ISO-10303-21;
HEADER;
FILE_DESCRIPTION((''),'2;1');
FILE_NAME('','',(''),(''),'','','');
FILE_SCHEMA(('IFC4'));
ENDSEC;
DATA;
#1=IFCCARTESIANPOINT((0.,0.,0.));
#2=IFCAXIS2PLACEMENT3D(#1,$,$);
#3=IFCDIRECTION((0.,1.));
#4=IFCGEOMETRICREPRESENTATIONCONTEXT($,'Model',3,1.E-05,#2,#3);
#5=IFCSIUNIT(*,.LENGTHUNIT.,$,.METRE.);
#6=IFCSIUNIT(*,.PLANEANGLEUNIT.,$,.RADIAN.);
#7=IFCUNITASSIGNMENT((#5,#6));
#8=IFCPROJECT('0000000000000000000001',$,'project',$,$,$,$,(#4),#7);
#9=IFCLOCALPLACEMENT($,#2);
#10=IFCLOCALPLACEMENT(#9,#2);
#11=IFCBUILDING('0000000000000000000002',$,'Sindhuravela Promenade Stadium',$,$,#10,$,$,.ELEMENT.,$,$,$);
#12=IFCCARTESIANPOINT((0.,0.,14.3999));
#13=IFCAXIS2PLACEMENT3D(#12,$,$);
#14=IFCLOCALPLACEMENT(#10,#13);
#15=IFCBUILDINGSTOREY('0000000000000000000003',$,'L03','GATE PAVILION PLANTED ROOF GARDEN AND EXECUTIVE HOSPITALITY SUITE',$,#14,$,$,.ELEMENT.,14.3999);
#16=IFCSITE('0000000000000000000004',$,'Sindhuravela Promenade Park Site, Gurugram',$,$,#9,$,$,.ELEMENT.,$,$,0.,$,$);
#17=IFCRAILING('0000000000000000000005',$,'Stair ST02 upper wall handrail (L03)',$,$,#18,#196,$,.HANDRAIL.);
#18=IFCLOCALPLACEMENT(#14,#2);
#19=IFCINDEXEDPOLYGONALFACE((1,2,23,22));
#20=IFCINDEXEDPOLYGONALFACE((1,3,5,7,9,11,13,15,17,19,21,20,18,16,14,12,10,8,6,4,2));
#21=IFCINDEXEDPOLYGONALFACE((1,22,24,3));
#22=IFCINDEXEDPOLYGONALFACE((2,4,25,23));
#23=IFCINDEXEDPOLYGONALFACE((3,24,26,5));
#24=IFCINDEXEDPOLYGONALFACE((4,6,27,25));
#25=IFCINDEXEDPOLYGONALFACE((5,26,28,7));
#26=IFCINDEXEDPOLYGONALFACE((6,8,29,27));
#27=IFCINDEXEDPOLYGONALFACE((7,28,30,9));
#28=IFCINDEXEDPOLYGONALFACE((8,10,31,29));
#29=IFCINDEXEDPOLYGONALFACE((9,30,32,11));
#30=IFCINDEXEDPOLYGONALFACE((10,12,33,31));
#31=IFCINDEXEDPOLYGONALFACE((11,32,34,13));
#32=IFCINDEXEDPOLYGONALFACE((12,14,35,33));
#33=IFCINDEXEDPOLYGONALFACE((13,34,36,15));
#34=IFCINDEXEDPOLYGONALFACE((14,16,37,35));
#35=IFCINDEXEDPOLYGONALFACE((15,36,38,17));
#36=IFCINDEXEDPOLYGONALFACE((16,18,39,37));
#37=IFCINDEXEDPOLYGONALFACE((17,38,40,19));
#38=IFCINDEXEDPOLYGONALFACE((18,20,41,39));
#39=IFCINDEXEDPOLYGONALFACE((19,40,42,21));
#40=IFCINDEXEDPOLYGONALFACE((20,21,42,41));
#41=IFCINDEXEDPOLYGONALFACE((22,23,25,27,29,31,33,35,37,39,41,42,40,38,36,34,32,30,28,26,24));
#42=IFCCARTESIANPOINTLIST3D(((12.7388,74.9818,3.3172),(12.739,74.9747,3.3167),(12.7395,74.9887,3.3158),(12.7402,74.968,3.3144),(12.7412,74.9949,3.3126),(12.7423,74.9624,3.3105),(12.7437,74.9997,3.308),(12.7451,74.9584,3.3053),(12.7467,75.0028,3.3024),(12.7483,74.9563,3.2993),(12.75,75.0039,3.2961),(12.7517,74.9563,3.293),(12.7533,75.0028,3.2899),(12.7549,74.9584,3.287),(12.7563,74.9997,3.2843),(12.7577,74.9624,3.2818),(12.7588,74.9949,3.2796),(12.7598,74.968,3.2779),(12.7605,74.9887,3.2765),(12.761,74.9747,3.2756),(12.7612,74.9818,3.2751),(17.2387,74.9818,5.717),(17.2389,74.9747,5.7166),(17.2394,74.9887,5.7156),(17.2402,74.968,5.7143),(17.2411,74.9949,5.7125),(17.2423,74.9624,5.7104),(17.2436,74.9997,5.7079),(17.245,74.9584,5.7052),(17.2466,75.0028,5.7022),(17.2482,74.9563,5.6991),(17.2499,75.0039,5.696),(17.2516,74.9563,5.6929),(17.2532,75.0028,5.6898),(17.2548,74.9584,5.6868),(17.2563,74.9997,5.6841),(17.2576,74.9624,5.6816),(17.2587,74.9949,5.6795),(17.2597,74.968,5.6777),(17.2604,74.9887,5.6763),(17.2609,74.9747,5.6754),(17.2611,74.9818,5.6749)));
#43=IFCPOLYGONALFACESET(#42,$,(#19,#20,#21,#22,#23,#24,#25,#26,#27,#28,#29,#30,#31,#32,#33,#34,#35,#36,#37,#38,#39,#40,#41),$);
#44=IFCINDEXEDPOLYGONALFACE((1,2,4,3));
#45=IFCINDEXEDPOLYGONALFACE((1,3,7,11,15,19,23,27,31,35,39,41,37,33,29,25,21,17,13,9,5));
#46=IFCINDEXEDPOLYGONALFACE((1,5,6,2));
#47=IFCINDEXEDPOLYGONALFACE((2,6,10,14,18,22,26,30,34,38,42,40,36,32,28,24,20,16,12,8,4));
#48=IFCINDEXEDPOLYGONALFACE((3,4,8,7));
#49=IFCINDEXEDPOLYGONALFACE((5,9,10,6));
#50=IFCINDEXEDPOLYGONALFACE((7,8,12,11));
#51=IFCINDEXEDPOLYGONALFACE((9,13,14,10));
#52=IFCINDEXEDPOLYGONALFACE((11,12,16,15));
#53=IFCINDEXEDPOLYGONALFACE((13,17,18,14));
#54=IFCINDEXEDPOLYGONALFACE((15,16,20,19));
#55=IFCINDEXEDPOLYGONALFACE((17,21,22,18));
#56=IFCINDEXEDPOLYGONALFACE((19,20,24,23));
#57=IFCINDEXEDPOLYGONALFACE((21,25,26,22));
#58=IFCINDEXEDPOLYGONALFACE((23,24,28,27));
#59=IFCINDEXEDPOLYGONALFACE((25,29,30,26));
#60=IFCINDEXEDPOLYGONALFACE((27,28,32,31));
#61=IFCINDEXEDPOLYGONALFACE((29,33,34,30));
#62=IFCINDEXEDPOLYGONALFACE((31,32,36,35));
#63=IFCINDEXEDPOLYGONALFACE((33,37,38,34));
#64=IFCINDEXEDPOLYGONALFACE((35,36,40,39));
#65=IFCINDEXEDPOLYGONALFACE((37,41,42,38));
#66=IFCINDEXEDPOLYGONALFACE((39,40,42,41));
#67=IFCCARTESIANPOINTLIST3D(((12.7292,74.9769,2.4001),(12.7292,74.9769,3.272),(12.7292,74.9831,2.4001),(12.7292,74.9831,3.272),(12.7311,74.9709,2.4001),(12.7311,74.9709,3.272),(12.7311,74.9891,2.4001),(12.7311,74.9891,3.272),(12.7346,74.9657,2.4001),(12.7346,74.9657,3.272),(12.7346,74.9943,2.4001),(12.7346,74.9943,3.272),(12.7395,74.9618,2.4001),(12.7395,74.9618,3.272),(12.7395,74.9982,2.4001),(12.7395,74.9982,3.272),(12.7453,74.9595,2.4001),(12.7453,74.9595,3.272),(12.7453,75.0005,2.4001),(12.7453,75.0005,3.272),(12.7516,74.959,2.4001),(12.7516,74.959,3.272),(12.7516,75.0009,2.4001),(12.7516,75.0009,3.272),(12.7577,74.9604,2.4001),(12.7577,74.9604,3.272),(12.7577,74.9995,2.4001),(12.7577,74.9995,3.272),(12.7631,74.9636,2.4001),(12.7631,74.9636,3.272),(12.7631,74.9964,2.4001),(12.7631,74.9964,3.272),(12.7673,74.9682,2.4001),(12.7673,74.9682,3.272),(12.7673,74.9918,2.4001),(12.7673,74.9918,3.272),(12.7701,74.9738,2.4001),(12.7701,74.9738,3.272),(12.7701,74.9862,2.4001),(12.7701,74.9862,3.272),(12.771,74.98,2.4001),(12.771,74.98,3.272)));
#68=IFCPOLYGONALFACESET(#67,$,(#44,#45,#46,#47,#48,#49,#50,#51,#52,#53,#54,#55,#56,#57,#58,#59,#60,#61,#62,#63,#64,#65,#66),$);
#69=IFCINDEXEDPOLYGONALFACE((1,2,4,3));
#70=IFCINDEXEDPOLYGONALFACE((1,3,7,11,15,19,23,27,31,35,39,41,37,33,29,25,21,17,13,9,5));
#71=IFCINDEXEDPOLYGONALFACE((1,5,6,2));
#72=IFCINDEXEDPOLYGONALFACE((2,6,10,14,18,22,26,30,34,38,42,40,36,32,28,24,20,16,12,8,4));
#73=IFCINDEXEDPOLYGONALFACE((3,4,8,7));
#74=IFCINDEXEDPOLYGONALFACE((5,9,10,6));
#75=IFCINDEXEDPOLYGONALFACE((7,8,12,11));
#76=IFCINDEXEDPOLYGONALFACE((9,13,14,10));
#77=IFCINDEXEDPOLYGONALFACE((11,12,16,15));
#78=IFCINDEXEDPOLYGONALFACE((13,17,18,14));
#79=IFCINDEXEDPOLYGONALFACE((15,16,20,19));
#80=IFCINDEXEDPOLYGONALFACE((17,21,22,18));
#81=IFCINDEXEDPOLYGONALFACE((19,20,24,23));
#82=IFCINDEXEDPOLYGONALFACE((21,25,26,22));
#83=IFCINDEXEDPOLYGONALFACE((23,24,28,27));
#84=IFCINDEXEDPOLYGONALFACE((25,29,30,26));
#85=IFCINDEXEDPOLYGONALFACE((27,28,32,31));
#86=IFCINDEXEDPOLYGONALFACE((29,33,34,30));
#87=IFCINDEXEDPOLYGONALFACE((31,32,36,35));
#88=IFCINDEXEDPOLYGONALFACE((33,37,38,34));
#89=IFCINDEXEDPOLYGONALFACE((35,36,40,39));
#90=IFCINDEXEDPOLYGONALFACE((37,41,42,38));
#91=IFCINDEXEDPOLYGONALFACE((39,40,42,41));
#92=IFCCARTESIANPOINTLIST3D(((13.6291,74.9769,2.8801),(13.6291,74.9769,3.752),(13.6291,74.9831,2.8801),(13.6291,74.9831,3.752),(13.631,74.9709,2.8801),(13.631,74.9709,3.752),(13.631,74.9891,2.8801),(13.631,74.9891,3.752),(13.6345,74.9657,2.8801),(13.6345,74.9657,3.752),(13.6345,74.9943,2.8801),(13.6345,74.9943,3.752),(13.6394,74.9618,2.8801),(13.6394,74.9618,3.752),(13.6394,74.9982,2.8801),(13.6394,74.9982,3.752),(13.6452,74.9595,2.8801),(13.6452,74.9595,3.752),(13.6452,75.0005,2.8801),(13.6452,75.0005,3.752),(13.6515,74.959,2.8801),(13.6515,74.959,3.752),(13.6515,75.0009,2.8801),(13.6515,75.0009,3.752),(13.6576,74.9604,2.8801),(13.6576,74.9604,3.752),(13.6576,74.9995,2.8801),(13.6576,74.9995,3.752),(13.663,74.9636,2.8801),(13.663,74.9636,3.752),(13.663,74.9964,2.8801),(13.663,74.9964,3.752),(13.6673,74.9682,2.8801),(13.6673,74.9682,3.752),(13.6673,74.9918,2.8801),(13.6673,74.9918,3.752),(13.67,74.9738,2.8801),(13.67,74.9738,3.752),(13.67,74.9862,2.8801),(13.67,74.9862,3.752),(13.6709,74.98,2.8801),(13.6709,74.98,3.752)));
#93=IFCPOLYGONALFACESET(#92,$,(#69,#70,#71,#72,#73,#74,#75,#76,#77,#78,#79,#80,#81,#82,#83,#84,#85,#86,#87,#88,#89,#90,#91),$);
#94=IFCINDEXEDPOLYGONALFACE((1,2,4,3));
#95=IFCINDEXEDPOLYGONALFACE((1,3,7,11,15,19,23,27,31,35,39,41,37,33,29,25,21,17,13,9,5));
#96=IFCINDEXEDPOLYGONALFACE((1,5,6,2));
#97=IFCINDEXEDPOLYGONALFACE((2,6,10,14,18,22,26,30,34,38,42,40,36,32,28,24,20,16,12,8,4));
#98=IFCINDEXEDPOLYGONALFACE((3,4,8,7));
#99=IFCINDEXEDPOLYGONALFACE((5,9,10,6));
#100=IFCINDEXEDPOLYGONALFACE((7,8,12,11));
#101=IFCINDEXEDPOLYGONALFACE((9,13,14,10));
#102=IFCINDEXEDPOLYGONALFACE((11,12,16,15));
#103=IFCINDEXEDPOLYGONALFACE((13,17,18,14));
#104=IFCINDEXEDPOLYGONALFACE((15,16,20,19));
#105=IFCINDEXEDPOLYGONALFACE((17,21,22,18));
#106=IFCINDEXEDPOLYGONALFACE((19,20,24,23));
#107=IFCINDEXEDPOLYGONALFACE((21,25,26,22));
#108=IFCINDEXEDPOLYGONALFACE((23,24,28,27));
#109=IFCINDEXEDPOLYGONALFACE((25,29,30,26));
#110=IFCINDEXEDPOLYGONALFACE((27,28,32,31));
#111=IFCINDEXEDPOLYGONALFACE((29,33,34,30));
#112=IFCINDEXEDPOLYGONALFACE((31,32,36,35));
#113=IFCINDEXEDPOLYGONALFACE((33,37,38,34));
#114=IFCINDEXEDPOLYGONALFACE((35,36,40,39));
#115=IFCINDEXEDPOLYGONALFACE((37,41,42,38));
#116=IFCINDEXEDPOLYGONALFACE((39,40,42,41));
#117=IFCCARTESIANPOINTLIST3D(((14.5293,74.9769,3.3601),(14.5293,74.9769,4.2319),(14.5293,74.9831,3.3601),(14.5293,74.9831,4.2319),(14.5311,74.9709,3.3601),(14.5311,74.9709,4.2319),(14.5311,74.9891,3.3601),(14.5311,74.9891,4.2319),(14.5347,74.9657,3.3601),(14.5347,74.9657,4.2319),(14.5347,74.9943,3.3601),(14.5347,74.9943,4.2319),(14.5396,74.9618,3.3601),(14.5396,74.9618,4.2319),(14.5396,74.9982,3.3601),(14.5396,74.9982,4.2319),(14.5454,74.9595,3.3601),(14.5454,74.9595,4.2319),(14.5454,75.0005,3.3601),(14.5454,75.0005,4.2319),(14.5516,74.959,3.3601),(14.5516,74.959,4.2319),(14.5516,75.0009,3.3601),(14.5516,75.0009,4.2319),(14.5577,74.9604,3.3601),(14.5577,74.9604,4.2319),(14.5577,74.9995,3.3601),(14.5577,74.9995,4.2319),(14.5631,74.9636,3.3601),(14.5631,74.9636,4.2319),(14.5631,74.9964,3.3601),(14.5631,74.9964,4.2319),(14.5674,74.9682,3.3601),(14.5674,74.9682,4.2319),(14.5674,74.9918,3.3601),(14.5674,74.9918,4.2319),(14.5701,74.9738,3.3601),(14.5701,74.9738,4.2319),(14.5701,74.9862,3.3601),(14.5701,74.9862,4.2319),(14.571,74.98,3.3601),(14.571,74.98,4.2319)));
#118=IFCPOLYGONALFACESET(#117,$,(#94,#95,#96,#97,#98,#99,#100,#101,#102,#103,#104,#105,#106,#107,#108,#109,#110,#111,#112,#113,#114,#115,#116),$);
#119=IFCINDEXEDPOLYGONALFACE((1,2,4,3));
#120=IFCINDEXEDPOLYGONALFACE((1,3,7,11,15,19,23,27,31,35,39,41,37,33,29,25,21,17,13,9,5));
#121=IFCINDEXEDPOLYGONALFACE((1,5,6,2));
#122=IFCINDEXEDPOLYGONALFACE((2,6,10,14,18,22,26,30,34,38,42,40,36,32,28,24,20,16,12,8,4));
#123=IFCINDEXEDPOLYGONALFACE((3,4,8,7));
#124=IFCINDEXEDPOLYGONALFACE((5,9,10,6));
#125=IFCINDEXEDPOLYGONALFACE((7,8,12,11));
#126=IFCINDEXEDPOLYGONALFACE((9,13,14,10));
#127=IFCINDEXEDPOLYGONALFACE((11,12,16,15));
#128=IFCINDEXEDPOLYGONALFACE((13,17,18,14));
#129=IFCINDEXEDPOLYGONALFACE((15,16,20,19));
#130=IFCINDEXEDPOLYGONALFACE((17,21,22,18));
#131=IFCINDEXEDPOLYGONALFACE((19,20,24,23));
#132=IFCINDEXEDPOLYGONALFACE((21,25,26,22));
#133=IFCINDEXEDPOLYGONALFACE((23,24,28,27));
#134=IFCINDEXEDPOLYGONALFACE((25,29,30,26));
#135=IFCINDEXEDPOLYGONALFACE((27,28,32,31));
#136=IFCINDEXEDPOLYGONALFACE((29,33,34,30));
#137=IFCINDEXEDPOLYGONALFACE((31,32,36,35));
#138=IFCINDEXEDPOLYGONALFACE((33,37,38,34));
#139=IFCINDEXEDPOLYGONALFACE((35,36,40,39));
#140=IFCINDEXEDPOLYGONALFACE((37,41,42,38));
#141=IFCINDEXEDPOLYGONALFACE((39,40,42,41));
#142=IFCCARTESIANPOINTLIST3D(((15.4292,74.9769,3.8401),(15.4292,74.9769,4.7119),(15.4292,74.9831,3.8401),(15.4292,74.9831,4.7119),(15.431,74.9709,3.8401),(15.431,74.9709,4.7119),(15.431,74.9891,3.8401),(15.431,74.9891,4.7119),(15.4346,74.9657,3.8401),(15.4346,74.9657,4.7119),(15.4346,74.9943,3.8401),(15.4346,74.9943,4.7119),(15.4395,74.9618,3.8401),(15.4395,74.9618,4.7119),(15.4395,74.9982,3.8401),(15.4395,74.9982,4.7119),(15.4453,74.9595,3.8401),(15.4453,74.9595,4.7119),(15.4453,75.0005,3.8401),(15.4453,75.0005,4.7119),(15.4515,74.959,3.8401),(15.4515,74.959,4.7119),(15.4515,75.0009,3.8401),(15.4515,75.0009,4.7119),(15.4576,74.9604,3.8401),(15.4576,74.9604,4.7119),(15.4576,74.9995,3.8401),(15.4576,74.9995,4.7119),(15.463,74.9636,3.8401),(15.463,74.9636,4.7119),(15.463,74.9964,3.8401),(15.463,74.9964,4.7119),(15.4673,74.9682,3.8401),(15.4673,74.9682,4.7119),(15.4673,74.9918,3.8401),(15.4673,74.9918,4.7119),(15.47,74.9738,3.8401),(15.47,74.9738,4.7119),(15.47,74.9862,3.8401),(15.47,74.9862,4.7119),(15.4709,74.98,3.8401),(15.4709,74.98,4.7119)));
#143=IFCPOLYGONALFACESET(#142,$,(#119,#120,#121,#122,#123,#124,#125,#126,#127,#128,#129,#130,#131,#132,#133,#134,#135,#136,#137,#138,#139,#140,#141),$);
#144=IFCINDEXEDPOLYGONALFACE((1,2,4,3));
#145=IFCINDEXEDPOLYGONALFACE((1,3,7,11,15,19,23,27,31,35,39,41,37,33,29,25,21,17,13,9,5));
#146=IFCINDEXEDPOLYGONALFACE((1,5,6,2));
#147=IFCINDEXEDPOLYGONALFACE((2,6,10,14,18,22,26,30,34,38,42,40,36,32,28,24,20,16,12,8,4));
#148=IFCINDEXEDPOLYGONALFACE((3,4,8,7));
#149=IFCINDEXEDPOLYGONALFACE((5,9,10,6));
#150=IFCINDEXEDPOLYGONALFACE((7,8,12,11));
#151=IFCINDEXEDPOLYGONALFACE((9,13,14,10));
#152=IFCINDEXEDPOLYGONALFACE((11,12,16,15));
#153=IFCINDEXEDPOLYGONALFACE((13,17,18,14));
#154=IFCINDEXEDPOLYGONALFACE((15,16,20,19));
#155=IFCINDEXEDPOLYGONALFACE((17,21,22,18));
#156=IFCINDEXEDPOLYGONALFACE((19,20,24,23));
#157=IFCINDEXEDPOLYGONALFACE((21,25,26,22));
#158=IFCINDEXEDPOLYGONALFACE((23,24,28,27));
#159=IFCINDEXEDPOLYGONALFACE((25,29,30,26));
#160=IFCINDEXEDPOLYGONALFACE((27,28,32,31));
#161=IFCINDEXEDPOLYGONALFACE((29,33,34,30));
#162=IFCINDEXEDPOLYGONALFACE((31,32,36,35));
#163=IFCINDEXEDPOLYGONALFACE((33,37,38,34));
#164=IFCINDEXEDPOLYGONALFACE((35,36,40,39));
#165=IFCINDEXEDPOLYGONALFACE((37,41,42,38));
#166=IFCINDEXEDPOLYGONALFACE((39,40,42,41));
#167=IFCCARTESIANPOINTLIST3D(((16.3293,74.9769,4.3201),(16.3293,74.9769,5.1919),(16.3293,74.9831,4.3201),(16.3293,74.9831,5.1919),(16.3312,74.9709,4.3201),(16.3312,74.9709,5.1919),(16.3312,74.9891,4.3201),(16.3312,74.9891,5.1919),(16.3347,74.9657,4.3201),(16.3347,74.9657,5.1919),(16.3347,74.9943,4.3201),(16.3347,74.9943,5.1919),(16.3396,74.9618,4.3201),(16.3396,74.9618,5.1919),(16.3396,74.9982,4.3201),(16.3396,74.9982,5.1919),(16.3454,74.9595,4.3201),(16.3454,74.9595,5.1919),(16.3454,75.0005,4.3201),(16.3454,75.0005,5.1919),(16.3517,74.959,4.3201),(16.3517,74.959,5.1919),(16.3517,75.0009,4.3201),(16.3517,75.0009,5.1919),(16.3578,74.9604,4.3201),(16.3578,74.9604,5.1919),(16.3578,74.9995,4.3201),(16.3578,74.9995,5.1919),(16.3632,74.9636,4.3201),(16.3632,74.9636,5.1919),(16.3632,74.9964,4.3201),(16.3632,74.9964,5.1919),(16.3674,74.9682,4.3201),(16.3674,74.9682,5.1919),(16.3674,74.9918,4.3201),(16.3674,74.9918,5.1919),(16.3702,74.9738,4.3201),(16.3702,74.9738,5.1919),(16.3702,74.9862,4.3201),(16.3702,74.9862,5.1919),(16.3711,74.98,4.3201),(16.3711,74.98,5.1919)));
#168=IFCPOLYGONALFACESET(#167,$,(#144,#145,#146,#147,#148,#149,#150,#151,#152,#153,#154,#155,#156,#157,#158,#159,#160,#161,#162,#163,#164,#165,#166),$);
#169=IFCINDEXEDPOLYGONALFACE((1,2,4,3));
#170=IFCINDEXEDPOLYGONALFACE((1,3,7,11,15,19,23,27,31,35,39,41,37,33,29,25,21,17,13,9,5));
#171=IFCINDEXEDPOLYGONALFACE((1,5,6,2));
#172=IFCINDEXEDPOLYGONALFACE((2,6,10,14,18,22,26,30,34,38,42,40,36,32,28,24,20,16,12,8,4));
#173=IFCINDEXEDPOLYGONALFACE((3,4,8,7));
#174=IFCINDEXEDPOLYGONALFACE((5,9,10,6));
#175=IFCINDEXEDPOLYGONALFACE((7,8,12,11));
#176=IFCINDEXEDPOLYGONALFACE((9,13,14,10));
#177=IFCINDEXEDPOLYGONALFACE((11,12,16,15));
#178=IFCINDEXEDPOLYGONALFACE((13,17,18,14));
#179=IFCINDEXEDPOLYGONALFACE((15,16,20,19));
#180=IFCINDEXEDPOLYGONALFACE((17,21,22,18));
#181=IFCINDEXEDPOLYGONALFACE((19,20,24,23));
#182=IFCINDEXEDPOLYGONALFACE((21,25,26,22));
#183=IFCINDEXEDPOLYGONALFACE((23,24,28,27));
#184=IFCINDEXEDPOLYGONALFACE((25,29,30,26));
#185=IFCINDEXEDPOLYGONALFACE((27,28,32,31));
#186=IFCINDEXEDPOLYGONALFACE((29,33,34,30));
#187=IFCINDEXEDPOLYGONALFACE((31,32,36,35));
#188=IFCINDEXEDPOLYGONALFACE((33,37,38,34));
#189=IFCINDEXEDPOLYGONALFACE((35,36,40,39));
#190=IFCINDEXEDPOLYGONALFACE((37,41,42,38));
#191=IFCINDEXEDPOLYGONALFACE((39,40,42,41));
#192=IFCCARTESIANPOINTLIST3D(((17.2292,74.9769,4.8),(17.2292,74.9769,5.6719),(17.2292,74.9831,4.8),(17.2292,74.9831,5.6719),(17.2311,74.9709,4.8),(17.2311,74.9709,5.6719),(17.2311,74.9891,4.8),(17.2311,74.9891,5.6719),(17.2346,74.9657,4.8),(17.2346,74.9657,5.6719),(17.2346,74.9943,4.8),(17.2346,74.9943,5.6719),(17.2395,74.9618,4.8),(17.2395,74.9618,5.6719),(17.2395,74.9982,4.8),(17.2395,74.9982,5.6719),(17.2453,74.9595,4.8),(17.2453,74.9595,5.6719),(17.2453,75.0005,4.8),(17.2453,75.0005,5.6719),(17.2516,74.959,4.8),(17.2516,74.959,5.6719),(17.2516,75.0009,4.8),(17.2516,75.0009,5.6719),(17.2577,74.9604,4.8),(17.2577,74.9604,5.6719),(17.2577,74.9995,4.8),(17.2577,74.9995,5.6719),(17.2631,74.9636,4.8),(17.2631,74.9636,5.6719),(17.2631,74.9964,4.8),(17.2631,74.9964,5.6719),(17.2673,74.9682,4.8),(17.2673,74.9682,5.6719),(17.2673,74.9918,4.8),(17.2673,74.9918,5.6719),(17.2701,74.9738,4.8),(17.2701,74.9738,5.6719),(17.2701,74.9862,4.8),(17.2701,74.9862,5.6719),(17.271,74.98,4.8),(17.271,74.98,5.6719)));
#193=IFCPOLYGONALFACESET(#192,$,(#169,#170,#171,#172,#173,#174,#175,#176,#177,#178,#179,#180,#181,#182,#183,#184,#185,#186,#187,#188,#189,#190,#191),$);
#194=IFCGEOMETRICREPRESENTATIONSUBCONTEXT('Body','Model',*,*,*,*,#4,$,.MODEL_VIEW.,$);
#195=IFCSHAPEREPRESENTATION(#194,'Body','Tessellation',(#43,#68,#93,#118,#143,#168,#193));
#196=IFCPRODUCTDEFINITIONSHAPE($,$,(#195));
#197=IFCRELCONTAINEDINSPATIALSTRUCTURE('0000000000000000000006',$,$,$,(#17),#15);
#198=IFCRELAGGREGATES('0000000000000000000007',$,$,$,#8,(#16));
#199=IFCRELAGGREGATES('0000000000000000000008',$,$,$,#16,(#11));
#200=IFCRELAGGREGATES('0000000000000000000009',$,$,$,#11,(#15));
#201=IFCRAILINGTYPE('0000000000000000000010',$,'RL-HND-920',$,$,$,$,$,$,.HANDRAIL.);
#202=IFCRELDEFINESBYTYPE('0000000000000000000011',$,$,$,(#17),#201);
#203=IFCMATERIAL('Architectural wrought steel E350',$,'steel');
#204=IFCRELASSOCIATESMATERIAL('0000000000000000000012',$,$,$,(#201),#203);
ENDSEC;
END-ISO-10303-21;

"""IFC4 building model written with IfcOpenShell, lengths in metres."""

from ifc_helpers import new_model, si_unit, direction, frame, origin, origin_2d, place, context, subcontext, project, spatial, circle, extrude, material, type_object, element, save


model = new_model("IFC4")

# Units and contexts
model_context = context("Model", 3, precision=1e-05, world=origin(), true_north=direction((0.0, 1.0)))
body_context = subcontext(model_context, "Body", "Model", "MODEL_VIEW")
ifc_project = project(units=[si_unit("LENGTHUNIT", "METRE"), si_unit("PLANEANGLEUNIT", "RADIAN")], contexts=[model_context])

# Site, building, storey
site_placement = place(None, origin())
site = spatial("IfcSite", under=ifc_project, at=site_placement, Name="Sindhuravela Promenade Park Site, Gurugram", CompositionType="ELEMENT", RefElevation=0.0)
building_placement = place(site_placement, origin())
building = spatial("IfcBuilding", under=site, at=building_placement, Name="Sindhuravela Promenade Stadium", CompositionType="ELEMENT")
storey_placement = place(building_placement, frame((0.0, 0.0, 14.3999)))
storey = spatial("IfcBuildingStorey", under=building, at=storey_placement, Name="L03", Description="GATE PAVILION PLANTED ROOF GARDEN AND EXECUTIVE HOSPITALITY SUITE", CompositionType="ELEMENT", Elevation=14.3999)

# Shared definitions
ifc_material_1 = material(Name="Architectural wrought steel E350", Category="steel")

# Railing
railing_type_1 = type_object("IfcRailingType", Name="RL-HND-920", PredefinedType="HANDRAIL", material=ifc_material_1)
railing_1_placement = place(storey_placement, frame((12.75, 74.98, 2.4001)))
element("IfcRailing", 1, at=railing_1_placement, inside=storey, type_object=railing_type_1, Name="Stair ST02 upper wall handrail (L03)", PredefinedType="HANDRAIL", context=body_context, shape_type="SweptSolid", body=[
    extrude(circle(Radius=0.0239, at=origin_2d()), frame((0.0, 0.0, 0.896), z_axis=(0.882361, 0.0, 0.470573), x_axis=(0.0, 1.0, 0.0)), (0.0, 0.0, 1.0), 5.0999),
    extrude(circle(Radius=0.021, at=origin_2d()), origin(), (0.0, 0.0, 1.0), 0.8718),
    extrude(circle(Radius=0.021, at=origin_2d()), frame((0.8999, 0.0, 0.48)), (0.0, 0.0, 1.0), 0.8718),
    extrude(circle(Radius=0.021, at=origin_2d()), frame((1.8, 0.0, 0.96)), (0.0, 0.0, 1.0), 0.8718),
    extrude(circle(Radius=0.021, at=origin_2d()), frame((2.7, 0.0, 1.4399)), (0.0, 0.0, 1.0), 0.8718),
    extrude(circle(Radius=0.021, at=origin_2d()), frame((3.6001, 0.0, 1.9199)), (0.0, 0.0, 1.0), 0.8718),
    extrude(circle(Radius=0.021, at=origin_2d()), frame((4.5, 0.0, 2.3999)), (0.0, 0.0, 1.0), 0.8718),
])

save(model, "model.ifc")
